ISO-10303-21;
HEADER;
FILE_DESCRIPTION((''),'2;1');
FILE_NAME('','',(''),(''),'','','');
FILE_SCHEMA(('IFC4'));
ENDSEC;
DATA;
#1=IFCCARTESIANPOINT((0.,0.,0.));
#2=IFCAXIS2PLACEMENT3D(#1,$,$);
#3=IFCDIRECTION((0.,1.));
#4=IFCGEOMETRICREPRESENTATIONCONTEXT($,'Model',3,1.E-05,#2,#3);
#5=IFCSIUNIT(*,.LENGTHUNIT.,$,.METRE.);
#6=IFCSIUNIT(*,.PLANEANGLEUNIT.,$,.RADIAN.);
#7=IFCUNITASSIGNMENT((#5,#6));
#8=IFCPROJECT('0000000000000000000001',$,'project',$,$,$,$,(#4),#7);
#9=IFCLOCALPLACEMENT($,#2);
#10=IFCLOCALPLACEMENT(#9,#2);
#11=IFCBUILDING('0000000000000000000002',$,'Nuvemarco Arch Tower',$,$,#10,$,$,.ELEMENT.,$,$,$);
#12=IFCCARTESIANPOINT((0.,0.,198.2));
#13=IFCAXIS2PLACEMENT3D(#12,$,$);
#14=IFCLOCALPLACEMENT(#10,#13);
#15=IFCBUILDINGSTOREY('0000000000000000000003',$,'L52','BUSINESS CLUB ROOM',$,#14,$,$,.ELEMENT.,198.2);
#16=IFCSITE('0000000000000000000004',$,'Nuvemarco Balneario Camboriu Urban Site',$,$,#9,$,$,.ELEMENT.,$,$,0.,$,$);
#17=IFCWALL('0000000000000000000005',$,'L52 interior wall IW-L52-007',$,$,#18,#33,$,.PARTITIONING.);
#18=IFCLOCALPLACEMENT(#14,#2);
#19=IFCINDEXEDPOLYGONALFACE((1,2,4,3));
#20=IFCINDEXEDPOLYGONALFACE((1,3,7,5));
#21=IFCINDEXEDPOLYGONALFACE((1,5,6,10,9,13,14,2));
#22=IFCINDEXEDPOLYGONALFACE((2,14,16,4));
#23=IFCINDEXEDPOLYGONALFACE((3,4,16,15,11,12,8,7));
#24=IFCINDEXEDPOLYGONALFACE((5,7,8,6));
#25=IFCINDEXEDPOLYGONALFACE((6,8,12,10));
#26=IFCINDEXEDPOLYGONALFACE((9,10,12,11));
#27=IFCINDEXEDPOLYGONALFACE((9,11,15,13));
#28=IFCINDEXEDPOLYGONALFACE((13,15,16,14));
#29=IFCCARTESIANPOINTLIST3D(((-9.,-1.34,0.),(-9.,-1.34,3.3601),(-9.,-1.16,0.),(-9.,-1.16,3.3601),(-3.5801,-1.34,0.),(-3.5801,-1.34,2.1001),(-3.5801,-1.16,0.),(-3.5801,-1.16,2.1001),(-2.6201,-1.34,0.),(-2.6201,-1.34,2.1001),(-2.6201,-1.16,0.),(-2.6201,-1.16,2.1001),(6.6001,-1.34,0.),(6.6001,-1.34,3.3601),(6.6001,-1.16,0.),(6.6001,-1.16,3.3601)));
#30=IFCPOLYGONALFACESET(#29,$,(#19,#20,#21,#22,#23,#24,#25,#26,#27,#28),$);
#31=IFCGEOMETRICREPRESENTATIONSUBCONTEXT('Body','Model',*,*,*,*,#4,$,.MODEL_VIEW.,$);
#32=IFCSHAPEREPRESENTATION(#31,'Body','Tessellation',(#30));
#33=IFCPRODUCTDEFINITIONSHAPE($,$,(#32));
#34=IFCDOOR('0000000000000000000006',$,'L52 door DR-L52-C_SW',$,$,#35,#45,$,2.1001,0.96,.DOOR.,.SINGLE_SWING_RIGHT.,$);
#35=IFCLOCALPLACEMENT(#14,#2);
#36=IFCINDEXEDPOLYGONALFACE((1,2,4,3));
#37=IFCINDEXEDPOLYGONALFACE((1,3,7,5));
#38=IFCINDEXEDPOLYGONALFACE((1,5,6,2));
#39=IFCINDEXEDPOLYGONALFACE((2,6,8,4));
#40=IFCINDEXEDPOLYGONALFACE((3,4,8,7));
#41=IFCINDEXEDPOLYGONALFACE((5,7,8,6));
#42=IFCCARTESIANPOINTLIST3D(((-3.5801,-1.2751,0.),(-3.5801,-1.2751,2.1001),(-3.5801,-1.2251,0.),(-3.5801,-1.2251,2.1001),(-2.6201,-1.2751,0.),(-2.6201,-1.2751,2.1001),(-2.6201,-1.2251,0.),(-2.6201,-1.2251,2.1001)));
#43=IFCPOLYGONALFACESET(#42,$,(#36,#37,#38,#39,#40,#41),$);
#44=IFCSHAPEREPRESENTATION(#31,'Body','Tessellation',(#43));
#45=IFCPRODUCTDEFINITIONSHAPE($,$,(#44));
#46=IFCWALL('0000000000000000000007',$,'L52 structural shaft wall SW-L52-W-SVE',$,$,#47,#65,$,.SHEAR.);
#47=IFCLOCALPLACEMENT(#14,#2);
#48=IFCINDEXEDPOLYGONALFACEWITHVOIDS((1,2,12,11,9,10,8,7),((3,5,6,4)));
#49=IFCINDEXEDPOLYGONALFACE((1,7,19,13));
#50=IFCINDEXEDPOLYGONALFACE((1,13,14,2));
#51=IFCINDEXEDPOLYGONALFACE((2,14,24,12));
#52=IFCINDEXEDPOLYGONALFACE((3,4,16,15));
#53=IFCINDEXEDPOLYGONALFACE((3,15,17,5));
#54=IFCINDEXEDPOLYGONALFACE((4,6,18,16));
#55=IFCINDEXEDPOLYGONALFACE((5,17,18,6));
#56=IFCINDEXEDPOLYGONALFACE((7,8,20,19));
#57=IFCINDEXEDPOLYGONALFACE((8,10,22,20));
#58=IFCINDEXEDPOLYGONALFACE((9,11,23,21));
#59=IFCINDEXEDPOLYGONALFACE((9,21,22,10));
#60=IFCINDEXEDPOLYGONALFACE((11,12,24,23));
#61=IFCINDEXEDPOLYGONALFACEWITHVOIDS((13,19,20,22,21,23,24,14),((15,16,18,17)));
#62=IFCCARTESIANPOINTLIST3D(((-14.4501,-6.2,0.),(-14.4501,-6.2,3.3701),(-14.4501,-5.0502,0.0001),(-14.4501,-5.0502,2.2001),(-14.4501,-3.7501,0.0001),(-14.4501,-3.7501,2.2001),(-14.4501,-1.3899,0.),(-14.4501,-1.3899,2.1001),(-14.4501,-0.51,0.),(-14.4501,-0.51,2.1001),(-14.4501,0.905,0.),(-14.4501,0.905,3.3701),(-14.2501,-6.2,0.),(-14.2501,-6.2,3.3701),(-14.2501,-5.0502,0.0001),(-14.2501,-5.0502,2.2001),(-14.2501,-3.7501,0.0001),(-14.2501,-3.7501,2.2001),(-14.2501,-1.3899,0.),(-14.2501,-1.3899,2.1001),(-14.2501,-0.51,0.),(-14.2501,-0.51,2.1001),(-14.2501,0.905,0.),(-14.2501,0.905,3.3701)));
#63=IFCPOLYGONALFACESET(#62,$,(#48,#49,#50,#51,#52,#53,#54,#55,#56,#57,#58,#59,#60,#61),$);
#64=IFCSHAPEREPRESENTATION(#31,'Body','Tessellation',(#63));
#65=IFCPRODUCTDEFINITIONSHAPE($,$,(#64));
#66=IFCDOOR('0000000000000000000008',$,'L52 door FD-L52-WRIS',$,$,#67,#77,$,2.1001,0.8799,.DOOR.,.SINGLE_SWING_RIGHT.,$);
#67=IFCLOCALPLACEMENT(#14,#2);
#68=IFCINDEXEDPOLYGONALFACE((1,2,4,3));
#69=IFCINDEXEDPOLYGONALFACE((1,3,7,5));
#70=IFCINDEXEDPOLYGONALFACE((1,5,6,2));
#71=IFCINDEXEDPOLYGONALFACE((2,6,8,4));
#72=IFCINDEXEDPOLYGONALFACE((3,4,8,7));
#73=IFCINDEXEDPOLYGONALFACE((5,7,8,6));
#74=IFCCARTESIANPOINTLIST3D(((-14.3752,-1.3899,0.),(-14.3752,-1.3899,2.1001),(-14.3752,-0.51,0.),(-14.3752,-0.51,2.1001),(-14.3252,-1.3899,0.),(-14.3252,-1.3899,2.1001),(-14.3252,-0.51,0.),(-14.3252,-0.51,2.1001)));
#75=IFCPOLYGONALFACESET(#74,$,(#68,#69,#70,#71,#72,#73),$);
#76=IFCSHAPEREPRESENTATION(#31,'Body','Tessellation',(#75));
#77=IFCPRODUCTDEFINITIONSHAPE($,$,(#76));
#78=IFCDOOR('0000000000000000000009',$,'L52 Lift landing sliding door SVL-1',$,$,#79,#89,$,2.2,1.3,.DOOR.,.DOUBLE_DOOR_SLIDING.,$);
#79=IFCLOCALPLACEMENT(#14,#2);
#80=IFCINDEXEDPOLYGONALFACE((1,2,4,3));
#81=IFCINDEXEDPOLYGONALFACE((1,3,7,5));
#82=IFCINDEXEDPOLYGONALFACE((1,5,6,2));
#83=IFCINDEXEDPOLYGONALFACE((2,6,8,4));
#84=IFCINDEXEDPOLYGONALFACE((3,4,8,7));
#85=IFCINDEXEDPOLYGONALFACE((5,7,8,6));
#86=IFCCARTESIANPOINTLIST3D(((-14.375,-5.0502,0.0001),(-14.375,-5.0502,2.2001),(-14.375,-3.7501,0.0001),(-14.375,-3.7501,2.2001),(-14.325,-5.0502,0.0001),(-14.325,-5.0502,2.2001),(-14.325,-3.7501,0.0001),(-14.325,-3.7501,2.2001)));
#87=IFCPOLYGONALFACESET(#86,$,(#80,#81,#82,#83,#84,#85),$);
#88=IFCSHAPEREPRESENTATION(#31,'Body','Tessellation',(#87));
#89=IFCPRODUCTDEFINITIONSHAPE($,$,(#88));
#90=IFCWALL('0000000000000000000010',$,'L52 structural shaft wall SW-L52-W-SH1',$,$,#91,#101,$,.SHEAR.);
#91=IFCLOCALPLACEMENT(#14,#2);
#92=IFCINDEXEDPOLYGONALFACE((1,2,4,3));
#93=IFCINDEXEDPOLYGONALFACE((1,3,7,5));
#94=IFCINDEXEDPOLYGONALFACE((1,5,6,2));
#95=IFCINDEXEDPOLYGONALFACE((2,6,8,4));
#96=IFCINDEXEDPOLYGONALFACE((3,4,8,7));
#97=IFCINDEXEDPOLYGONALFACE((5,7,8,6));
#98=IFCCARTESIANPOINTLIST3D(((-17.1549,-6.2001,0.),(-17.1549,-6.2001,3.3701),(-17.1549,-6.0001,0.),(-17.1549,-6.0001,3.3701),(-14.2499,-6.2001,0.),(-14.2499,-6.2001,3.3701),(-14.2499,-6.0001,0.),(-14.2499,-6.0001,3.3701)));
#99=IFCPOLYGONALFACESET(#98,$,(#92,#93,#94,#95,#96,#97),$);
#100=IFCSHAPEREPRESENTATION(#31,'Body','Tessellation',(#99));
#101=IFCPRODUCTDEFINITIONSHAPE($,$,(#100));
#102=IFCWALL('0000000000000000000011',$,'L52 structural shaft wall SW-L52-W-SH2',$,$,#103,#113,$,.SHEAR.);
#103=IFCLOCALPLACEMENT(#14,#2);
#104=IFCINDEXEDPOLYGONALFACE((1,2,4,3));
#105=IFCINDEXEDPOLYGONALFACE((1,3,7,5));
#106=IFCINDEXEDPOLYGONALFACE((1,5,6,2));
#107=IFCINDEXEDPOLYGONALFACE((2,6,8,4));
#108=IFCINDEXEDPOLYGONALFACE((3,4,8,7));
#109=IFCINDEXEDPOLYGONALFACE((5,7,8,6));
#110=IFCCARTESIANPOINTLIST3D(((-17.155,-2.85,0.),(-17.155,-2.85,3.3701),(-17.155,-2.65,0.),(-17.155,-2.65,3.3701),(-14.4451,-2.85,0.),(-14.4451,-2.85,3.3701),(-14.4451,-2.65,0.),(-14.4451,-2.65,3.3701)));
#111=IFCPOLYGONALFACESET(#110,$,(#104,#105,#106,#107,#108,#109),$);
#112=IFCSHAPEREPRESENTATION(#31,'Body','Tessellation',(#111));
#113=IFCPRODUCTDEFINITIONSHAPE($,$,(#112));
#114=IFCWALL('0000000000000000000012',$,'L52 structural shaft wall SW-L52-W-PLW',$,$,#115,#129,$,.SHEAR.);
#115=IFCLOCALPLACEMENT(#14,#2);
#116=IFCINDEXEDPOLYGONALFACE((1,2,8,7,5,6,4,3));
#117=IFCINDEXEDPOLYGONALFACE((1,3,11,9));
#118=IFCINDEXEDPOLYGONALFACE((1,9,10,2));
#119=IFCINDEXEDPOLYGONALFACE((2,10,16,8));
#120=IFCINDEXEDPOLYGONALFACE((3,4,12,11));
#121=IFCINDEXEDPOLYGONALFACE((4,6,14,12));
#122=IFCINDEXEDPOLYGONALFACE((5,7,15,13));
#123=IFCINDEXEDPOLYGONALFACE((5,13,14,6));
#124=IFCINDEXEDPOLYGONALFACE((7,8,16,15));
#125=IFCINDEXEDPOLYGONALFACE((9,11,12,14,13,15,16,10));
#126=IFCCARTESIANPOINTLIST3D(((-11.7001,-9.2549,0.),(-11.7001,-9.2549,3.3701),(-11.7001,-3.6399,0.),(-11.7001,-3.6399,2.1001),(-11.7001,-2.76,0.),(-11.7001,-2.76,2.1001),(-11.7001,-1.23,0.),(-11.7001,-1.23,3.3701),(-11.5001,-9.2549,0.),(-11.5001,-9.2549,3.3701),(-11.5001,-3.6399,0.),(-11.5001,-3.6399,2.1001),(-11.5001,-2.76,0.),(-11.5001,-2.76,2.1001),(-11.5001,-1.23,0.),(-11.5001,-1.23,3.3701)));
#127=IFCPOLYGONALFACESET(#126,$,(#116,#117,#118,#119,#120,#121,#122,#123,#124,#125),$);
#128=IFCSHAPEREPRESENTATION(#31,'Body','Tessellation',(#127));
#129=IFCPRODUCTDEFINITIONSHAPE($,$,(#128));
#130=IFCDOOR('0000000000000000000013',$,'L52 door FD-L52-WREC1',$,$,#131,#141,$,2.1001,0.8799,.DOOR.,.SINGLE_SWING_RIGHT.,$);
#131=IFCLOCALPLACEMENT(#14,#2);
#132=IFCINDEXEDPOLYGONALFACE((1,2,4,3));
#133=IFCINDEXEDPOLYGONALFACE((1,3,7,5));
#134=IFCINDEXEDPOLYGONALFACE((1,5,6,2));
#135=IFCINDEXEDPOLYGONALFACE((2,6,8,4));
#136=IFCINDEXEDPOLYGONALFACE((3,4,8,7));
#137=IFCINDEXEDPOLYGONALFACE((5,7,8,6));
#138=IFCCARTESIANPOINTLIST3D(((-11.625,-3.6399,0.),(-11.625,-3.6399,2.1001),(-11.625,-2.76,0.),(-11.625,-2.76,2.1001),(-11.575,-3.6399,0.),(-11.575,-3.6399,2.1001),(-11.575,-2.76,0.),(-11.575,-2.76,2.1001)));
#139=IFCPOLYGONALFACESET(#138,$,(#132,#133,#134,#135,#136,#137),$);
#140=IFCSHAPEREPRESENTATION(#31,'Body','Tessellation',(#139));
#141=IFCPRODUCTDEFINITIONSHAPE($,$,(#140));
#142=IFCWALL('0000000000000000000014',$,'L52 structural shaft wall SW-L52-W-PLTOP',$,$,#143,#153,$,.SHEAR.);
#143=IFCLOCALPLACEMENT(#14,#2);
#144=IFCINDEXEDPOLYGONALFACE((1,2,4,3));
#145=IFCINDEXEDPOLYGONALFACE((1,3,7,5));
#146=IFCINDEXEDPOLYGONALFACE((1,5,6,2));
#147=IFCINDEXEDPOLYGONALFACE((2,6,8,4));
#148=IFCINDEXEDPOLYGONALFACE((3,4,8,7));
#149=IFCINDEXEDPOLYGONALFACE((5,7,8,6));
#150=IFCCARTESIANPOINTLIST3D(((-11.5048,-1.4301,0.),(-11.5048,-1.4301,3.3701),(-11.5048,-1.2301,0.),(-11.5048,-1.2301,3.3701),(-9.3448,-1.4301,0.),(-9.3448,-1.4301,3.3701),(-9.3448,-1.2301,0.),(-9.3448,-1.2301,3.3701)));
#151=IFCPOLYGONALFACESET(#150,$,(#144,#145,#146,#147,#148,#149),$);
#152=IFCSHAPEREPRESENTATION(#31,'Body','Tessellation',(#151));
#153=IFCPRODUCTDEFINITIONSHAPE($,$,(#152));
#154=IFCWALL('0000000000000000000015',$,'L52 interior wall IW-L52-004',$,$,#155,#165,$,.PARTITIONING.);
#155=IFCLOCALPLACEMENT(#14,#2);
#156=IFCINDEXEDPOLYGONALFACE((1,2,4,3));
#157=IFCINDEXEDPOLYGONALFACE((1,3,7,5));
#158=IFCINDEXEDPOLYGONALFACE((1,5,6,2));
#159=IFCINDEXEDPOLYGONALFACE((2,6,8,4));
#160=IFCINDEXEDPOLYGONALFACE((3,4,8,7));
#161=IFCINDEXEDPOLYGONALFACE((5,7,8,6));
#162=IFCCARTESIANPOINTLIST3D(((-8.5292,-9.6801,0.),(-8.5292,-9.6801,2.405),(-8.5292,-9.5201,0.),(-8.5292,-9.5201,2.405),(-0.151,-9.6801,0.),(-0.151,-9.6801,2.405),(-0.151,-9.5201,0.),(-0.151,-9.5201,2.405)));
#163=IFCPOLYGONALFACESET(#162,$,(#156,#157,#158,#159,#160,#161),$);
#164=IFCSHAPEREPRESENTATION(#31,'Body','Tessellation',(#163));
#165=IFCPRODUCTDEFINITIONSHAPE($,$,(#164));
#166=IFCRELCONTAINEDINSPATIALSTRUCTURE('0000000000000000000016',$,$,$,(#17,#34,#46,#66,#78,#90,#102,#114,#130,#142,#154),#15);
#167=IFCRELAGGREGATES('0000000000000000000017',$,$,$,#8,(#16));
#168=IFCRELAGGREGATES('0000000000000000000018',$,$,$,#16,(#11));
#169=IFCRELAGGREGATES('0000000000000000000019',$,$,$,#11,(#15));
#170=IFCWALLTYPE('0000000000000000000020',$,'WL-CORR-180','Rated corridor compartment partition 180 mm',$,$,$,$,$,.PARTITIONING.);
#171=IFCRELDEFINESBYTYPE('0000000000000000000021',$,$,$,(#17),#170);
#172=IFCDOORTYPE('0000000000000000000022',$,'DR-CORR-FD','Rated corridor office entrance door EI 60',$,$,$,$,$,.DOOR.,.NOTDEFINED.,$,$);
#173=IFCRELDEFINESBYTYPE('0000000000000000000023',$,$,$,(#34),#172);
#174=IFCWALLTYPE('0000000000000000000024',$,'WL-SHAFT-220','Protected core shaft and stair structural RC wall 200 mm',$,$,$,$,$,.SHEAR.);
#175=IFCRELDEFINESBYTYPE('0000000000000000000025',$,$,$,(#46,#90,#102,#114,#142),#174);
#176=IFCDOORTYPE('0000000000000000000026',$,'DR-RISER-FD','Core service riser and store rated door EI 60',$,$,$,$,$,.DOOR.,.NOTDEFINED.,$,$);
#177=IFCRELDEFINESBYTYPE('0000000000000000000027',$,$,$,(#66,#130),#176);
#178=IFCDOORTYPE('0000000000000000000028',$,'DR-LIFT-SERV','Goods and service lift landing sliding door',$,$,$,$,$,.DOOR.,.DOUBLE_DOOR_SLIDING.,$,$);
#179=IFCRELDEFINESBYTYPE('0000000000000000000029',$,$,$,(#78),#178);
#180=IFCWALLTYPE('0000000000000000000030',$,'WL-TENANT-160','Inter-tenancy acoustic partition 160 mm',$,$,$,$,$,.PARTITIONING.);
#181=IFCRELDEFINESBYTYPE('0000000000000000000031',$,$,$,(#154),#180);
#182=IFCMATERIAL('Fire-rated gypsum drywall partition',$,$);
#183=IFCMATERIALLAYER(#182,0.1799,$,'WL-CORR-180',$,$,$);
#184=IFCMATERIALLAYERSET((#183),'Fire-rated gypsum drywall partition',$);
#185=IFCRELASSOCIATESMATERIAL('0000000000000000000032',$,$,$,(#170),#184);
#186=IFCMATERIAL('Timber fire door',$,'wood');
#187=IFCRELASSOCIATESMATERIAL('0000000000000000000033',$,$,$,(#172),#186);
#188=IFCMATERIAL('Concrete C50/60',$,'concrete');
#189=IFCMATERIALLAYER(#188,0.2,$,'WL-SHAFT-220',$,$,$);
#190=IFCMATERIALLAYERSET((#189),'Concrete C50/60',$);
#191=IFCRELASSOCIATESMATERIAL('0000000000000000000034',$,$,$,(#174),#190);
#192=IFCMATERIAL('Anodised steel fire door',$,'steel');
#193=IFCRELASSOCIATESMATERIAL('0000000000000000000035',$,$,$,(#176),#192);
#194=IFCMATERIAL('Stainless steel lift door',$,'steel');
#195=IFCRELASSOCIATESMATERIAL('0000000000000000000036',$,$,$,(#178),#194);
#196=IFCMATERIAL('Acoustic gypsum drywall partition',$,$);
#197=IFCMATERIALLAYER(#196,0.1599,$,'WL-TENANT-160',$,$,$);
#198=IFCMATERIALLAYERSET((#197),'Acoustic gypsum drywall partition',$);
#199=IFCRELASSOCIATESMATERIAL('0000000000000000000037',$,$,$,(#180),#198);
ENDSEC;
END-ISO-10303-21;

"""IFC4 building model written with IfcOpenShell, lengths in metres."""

from ifc_helpers import new_model, si_unit, direction, frame, frame_2d, origin, place, context, subcontext, project, spatial, rectangle, extrude, source, transform, mapped, material, layer, layer_set, type_object, type_shapes, element, fill, save


model = new_model("IFC4")

# Units and contexts
model_context = context("Model", 3, precision=1e-05, world=origin(), true_north=direction((0.0, 1.0)))
body_context = subcontext(model_context, "Body", "Model", "MODEL_VIEW")
ifc_project = project(units=[si_unit("LENGTHUNIT", "METRE"), si_unit("PLANEANGLEUNIT", "RADIAN")], contexts=[model_context])

# Site, building, storey
site_placement = place(None, origin())
site = spatial("IfcSite", under=ifc_project, at=site_placement, Name="Nuvemarco Balneario Camboriu Urban Site", CompositionType="ELEMENT", RefElevation=0.0)
building_placement = place(site_placement, origin())
building = spatial("IfcBuilding", under=site, at=building_placement, Name="Nuvemarco Arch Tower", CompositionType="ELEMENT")
storey_placement = place(building_placement, frame((0.0, 0.0, 198.2)))
storey = spatial("IfcBuildingStorey", under=building, at=storey_placement, Name="L52", Description="BUSINESS CLUB ROOM", CompositionType="ELEMENT", Elevation=198.2)

# Shared definitions
ifc_material_1 = material(Name="Concrete C50/60", Category="concrete")

# Wall, opening, door
ifc_material_2 = material(Name="Anodised steel fire door", Category="steel")
ifc_material_3 = material(Name="Fire-rated gypsum drywall partition")
ifc_layer_1 = layer(ifc_material_3, 0.1799, Name="WL-CORR-180")
ifc_layer_set_1 = layer_set([ifc_layer_1], Name="Fire-rated gypsum drywall partition")
wall_type_1 = type_object("IfcWallType", Name="WL-CORR-180", Description="Rated corridor compartment partition 180 mm", PredefinedType="PARTITIONING", material=ifc_layer_set_1)
wall_1_placement = place(storey_placement, frame((-9.0, -1.25, 0.0), z_axis=(0.0, 0.0, 1.0), x_axis=(1.0, 0.0, 0.0)))
wall_1 = element("IfcWall", 1, at=wall_1_placement, inside=storey, type_object=wall_type_1, Name="L52 interior wall IW-L52-007", PredefinedType="PARTITIONING", context=body_context, shape_type="SweptSolid", body=[
    extrude(rectangle(XDim=15.6001, YDim=0.1799, at=frame_2d((7.8, 0.0))), origin(), (0.0, 0.0, 1.0), 3.3601),
])
opening_1_placement = place(wall_1_placement, frame((5.4199, 0.0, 0.0)))
opening_1 = element("IfcOpeningElement", 2, at=opening_1_placement, cuts=wall_1, PredefinedType="OPENING", context=body_context, shape_type="SweptSolid", body=[
    extrude(rectangle(XDim=0.96, YDim=2.1001, at=frame_2d((0.48, 1.05))), frame((0.0, 0.0999, 0.0), z_axis=(0.0, -1.0, 0.0), x_axis=(1.0, 0.0, 0.0)), (0.0, 0.0, 1.0), 0.2),
])
ifc_material_4 = material(Name="Timber fire door", Category="wood")
door_type_1 = type_object("IfcDoorType", Name="DR-CORR-FD", Description="Rated corridor office entrance door EI 60", OperationType="NOTDEFINED", PredefinedType="DOOR", material=ifc_material_4)
shared_shape_1 = source(origin(), body_context, "Body", "SweptSolid", [
    extrude(rectangle(XDim=0.96, YDim=2.1001, at=frame_2d((0.48, 1.05))), frame((0.0, 0.0249, 0.0), z_axis=(0.0, -1.0, 0.0), x_axis=(1.0, 0.0, 0.0)), (0.0, 0.0, 1.0), 0.05),
])
type_shapes(door_type_1, [shared_shape_1])
door_1_placement = place(opening_1_placement, origin())
door_1 = element("IfcDoor", 3, at=door_1_placement, inside=storey, type_object=door_type_1, Name="L52 door DR-L52-C_SW", OperationType="SINGLE_SWING_RIGHT", OverallHeight=2.1001, OverallWidth=0.96, PredefinedType="DOOR", context=body_context, shape_type="MappedRepresentation", body=[
    mapped(shared_shape_1, transform((0.0, 0.0, 0.0), scale=1.0)),
])
fill(opening_1, door_1)
ifc_layer_2 = layer(ifc_material_1, 0.2, Name="WL-SHAFT-220")
ifc_layer_set_2 = layer_set([ifc_layer_2], Name="Concrete C50/60")
wall_type_2 = type_object("IfcWallType", Name="WL-SHAFT-220", Description="Protected core shaft and stair structural RC wall 200 mm", PredefinedType="SHEAR", material=ifc_layer_set_2)
ifc_material_5 = material(Name="Stainless steel lift door", Category="steel")

# Wall, openings, doors
wall_2_placement = place(storey_placement, frame((-14.3501, -6.2, 0.0), z_axis=(0.0, 0.0, 1.0), x_axis=(0.0, 1.0, 0.0)))
wall_2 = element("IfcWall", 4, at=wall_2_placement, inside=storey, type_object=wall_type_2, Name="L52 structural shaft wall SW-L52-W-SVE", PredefinedType="SHEAR", context=body_context, shape_type="SweptSolid", body=[
    extrude(rectangle(XDim=7.105, YDim=0.2, at=frame_2d((3.5525, 0.0))), origin(), (0.0, 0.0, 1.0), 3.3701),
])
opening_2_placement = place(wall_2_placement, frame((5.6899, 0.0, 0.0), z_axis=(0.0, 0.0, 1.0), x_axis=(-1.0, 0.0, 0.0)))
opening_2 = element("IfcOpeningElement", 5, at=opening_2_placement, cuts=wall_2, PredefinedType="OPENING", context=body_context, shape_type="SweptSolid", body=[
    extrude(rectangle(XDim=0.8799, YDim=2.1001, at=frame_2d((0.4399, 1.05))), frame((0.0, 0.1099, 0.0), z_axis=(0.0, -1.0, 0.0), x_axis=(1.0, 0.0, 0.0)), (0.0, 0.0, 1.0), 0.22),
])
opening_3_placement = place(wall_2_placement, frame((1.1499, 0.0, 0.0)))
opening_3 = element("IfcOpeningElement", 6, at=opening_3_placement, cuts=wall_2, PredefinedType="OPENING", context=body_context, shape_type="SweptSolid", body=[
    extrude(rectangle(XDim=1.3, YDim=2.2, at=frame_2d((0.6499, 1.1001))), frame((0.0, 0.1099, 0.0), z_axis=(0.0, -1.0, 0.0), x_axis=(1.0, 0.0, 0.0)), (0.0, 0.0, 1.0), 0.22),
])
door_type_2 = type_object("IfcDoorType", Name="DR-RISER-FD", Description="Core service riser and store rated door EI 60", OperationType="NOTDEFINED", PredefinedType="DOOR", material=ifc_material_2)
shared_shape_2 = source(origin(), body_context, "Body", "SweptSolid", [
    extrude(rectangle(XDim=0.8799, YDim=2.1001, at=frame_2d((0.4399, 1.05))), frame((0.0, 0.0249, 0.0), z_axis=(0.0, -1.0, 0.0), x_axis=(1.0, 0.0, 0.0)), (0.0, 0.0, 1.0), 0.05),
])
type_shapes(door_type_2, [shared_shape_2])
door_2_placement = place(opening_2_placement, origin())
door_2 = element("IfcDoor", 7, at=door_2_placement, inside=storey, type_object=door_type_2, Name="L52 door FD-L52-WRIS", OperationType="SINGLE_SWING_RIGHT", OverallHeight=2.1001, OverallWidth=0.8799, PredefinedType="DOOR", context=body_context, shape_type="MappedRepresentation", body=[
    mapped(shared_shape_2, transform((0.0, 0.0, 0.0), scale=1.0)),
])
fill(opening_2, door_2)
door_type_3 = type_object("IfcDoorType", Name="DR-LIFT-SERV", Description="Goods and service lift landing sliding door", OperationType="DOUBLE_DOOR_SLIDING", PredefinedType="DOOR", material=ifc_material_5)
shared_shape_3 = source(origin(), body_context, "Body", "SweptSolid", [
    extrude(rectangle(XDim=1.3, YDim=2.2, at=frame_2d((0.6499, 1.1001))), frame((0.0, 0.0249, 0.0), z_axis=(0.0, -1.0, 0.0), x_axis=(1.0, 0.0, 0.0)), (0.0, 0.0, 1.0), 0.05),
])
type_shapes(door_type_3, [shared_shape_3])
door_3_placement = place(opening_3_placement, origin())
door_3 = element("IfcDoor", 8, at=door_3_placement, inside=storey, type_object=door_type_3, Name="L52 Lift landing sliding door SVL-1", OperationType="DOUBLE_DOOR_SLIDING", OverallHeight=2.2, OverallWidth=1.3, PredefinedType="DOOR", context=body_context, shape_type="MappedRepresentation", body=[
    mapped(shared_shape_3, transform((0.0, 0.0, 0.0), scale=1.0)),
])
fill(opening_3, door_3)

# Walls
wall_3_placement = place(storey_placement, frame((-17.155, -6.1001, 0.0), z_axis=(0.0, 0.0, 1.0), x_axis=(1.0, 0.0, 0.0)))
element("IfcWall", 9, at=wall_3_placement, inside=storey, type_object=wall_type_2, Name="L52 structural shaft wall SW-L52-W-SH1", PredefinedType="SHEAR", context=body_context, shape_type="SweptSolid", body=[
    extrude(rectangle(XDim=2.905, YDim=0.2, at=frame_2d((1.4526, 0.0))), origin(), (0.0, 0.0, 1.0), 3.3701),
])
wall_4_placement = place(storey_placement, frame((-17.155, -2.75, 0.0), z_axis=(0.0, 0.0, 1.0), x_axis=(1.0, 0.0, 0.0)))
element("IfcWall", 10, at=wall_4_placement, inside=storey, type_object=wall_type_2, Name="L52 structural shaft wall SW-L52-W-SH2", PredefinedType="SHEAR", context=body_context, shape_type="SweptSolid", body=[
    extrude(rectangle(XDim=2.71, YDim=0.2, at=frame_2d((1.355, 0.0))), origin(), (0.0, 0.0, 1.0), 3.3701),
])

# Wall, opening, door
wall_5_placement = place(storey_placement, frame((-11.6001, -9.2549, 0.0), z_axis=(0.0, 0.0, 1.0), x_axis=(0.0, 1.0, 0.0)))
wall_5 = element("IfcWall", 11, at=wall_5_placement, inside=storey, type_object=wall_type_2, Name="L52 structural shaft wall SW-L52-W-PLW", PredefinedType="SHEAR", context=body_context, shape_type="SweptSolid", body=[
    extrude(rectangle(XDim=8.0249, YDim=0.2, at=frame_2d((4.0125, 0.0))), origin(), (0.0, 0.0, 1.0), 3.3701),
])
opening_4_placement = place(wall_5_placement, frame((5.615, 0.0, 0.0)))
opening_4 = element("IfcOpeningElement", 12, at=opening_4_placement, cuts=wall_5, PredefinedType="OPENING", context=body_context, shape_type="SweptSolid", body=[
    extrude(rectangle(XDim=0.8799, YDim=2.1001, at=frame_2d((0.4399, 1.05))), frame((0.0, 0.1099, 0.0), z_axis=(0.0, -1.0, 0.0), x_axis=(1.0, 0.0, 0.0)), (0.0, 0.0, 1.0), 0.22),
])
door_4_placement = place(opening_4_placement, origin())
door_4 = element("IfcDoor", 13, at=door_4_placement, inside=storey, type_object=door_type_2, Name="L52 door FD-L52-WREC1", OperationType="SINGLE_SWING_RIGHT", OverallHeight=2.1001, OverallWidth=0.8799, PredefinedType="DOOR", context=body_context, shape_type="MappedRepresentation", body=[
    mapped(shared_shape_2, transform((0.0, 0.0, 0.0), scale=1.0)),
])
fill(opening_4, door_4)

# Walls
wall_6_placement = place(storey_placement, frame((-11.5049, -1.3301, 0.0), z_axis=(0.0, 0.0, 1.0), x_axis=(1.0, 0.0, 0.0)))
element("IfcWall", 14, at=wall_6_placement, inside=storey, type_object=wall_type_2, Name="L52 structural shaft wall SW-L52-W-PLTOP", PredefinedType="SHEAR", context=body_context, shape_type="SweptSolid", body=[
    extrude(rectangle(XDim=2.1599, YDim=0.2, at=frame_2d((1.0801, 0.0))), origin(), (0.0, 0.0, 1.0), 3.3701),
])
ifc_material_6 = material(Name="Acoustic gypsum drywall partition")
ifc_layer_3 = layer(ifc_material_6, 0.1599, Name="WL-TENANT-160")
ifc_layer_set_3 = layer_set([ifc_layer_3], Name="Acoustic gypsum drywall partition")
wall_type_3 = type_object("IfcWallType", Name="WL-TENANT-160", Description="Inter-tenancy acoustic partition 160 mm", PredefinedType="PARTITIONING", material=ifc_layer_set_3)
wall_7_placement = place(storey_placement, frame((-8.5291, -9.6001, 0.0), z_axis=(0.0, 0.0, 1.0), x_axis=(1.0, 0.0, 0.0)))
element("IfcWall", 15, at=wall_7_placement, inside=storey, type_object=wall_type_3, Name="L52 interior wall IW-L52-004", PredefinedType="PARTITIONING", context=body_context, shape_type="SweptSolid", body=[
    extrude(rectangle(XDim=8.3782, YDim=0.1599, at=frame_2d((4.189, 0.0))), origin(), (0.0, 0.0, 1.0), 2.405),
])

save(model, "model.ifc")
